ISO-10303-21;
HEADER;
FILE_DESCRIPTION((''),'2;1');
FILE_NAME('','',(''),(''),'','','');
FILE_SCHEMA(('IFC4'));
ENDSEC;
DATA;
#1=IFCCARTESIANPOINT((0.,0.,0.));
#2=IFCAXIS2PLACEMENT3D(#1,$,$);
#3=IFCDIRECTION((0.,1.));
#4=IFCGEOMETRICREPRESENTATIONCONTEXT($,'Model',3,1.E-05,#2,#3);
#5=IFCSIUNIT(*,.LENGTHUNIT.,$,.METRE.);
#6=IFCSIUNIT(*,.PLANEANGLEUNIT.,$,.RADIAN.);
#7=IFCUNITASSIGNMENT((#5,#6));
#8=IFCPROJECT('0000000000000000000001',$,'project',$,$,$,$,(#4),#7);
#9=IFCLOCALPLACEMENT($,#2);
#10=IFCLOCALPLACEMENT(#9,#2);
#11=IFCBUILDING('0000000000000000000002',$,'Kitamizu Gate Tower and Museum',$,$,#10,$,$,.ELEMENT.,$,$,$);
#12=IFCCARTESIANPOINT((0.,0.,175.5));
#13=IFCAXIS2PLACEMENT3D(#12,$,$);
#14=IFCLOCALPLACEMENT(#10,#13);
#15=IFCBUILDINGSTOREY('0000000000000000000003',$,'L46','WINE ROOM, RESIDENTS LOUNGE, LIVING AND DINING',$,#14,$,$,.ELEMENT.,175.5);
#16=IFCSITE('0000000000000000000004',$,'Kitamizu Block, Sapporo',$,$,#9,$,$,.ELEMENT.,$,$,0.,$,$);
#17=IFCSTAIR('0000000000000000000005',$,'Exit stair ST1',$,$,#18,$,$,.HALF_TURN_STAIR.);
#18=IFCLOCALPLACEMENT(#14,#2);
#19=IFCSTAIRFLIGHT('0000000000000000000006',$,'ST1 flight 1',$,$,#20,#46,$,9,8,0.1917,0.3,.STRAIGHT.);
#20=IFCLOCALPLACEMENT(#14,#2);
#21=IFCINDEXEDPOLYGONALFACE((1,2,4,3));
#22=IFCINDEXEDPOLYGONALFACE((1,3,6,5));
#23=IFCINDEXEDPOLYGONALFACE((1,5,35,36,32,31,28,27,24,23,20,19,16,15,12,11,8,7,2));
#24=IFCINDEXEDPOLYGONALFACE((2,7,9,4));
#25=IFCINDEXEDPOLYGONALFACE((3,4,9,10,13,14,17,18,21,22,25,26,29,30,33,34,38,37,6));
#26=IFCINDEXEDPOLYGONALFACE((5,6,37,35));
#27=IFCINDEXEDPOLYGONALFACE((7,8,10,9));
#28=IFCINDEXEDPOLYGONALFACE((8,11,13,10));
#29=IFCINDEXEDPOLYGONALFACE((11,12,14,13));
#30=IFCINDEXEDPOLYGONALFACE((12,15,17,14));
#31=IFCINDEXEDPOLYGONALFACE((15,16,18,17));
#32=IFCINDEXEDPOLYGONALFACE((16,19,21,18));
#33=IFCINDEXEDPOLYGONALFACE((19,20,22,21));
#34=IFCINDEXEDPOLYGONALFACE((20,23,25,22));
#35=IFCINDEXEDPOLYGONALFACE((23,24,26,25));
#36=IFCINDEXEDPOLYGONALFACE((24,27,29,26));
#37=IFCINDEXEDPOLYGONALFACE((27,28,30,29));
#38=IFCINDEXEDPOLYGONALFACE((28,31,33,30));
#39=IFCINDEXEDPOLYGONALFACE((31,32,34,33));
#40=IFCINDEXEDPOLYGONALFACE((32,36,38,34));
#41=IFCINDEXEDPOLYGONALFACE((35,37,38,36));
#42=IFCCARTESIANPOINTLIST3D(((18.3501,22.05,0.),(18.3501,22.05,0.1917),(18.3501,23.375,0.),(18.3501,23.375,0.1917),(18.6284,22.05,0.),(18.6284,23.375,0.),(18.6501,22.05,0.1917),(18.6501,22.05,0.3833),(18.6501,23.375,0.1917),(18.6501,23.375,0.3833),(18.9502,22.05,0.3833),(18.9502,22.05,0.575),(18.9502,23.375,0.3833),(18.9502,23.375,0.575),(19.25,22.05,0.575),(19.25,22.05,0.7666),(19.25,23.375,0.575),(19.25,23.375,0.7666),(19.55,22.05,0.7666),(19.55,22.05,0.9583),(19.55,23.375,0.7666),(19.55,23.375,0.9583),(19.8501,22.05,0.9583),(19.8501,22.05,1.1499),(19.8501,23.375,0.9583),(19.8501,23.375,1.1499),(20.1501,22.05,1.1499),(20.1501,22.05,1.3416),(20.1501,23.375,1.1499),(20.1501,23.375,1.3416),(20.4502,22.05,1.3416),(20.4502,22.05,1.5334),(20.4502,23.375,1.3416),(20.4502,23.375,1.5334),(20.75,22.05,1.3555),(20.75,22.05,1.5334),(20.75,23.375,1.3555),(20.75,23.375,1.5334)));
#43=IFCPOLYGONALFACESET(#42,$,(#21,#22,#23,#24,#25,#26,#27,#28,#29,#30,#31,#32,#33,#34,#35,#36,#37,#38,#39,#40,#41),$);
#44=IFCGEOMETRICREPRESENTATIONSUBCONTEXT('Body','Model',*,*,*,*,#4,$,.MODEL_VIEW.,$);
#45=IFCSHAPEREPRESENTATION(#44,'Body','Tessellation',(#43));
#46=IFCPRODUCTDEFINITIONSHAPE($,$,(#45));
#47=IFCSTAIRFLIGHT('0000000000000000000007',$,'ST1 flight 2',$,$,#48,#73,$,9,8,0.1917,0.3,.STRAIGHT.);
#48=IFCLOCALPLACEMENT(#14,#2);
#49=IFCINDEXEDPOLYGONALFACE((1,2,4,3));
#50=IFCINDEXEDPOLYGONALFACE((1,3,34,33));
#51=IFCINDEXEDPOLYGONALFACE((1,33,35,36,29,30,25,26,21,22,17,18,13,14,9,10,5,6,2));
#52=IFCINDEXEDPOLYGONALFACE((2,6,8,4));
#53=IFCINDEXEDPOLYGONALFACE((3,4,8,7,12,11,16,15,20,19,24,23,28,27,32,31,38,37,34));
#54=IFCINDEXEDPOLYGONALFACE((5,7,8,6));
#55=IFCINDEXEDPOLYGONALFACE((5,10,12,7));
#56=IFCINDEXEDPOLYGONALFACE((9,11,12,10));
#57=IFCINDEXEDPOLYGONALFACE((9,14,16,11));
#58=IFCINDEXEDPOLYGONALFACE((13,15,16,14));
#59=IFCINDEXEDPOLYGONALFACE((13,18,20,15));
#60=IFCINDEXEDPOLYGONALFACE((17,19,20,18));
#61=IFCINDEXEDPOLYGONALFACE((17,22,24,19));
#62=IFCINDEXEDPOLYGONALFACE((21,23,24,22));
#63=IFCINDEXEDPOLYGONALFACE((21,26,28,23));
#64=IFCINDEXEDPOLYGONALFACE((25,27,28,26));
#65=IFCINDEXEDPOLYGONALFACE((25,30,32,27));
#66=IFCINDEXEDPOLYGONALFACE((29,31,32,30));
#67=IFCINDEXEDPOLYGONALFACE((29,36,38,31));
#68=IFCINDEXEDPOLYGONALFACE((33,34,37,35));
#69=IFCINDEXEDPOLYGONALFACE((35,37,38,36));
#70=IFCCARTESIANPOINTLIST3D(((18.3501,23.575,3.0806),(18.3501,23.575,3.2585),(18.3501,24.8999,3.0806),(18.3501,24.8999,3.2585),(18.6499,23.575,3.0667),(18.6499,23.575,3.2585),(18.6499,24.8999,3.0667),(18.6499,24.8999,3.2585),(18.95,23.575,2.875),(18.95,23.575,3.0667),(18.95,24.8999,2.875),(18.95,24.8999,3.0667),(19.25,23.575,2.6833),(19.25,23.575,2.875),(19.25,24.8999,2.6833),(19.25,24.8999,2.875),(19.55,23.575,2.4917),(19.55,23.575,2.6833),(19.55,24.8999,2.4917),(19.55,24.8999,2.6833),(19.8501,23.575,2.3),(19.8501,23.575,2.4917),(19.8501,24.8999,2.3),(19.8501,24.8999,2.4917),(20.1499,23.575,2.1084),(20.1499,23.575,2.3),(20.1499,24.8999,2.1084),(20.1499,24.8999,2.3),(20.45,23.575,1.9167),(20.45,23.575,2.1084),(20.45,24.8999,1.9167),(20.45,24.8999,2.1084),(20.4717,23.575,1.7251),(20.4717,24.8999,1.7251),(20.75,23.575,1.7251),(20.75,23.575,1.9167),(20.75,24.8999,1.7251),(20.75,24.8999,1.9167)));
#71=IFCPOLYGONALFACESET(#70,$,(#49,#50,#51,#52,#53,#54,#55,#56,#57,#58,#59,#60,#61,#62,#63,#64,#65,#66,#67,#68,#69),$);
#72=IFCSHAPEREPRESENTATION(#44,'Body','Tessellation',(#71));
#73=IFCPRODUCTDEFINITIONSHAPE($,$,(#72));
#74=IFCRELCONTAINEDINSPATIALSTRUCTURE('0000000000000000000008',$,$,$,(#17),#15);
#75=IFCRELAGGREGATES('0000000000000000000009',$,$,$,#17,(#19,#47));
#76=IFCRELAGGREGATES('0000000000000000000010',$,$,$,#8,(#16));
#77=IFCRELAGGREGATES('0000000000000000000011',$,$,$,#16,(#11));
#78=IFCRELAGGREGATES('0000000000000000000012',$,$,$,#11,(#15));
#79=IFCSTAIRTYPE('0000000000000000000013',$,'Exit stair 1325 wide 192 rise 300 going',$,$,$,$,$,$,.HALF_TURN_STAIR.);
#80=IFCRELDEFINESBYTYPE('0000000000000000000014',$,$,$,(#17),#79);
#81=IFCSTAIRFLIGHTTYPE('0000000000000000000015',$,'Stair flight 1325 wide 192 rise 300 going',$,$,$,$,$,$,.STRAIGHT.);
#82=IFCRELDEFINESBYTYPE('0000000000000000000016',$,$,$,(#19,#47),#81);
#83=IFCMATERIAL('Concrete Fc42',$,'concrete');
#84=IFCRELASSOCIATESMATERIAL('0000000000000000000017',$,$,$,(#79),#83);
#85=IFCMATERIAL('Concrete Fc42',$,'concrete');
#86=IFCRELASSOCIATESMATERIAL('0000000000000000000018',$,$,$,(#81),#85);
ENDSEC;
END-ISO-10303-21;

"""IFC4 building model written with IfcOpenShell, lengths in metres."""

from ifc_helpers import new_model, si_unit, direction, frame, origin, place, context, subcontext, project, spatial, polyline, outline, extrude, material, type_object, element, aggregate, save


model = new_model("IFC4")

# Units and contexts
model_context = context("Model", 3, precision=1e-05, world=origin(), true_north=direction((0.0, 1.0)))
body_context = subcontext(model_context, "Body", "Model", "MODEL_VIEW")
ifc_project = project(units=[si_unit("LENGTHUNIT", "METRE"), si_unit("PLANEANGLEUNIT", "RADIAN")], contexts=[model_context])

# Site, building, storey
site_placement = place(None, origin())
site = spatial("IfcSite", under=ifc_project, at=site_placement, Name="Kitamizu Block, Sapporo", CompositionType="ELEMENT", RefElevation=0.0)
building_placement = place(site_placement, origin())
building = spatial("IfcBuilding", under=site, at=building_placement, Name="Kitamizu Gate Tower and Museum", CompositionType="ELEMENT")
storey_placement = place(building_placement, frame((0.0, 0.0, 175.5)))
storey = spatial("IfcBuildingStorey", under=building, at=storey_placement, Name="L46", Description="WINE ROOM, RESIDENTS LOUNGE, LIVING AND DINING", CompositionType="ELEMENT", Elevation=175.5)

# Stair, stair flights
ifc_material_1 = material(Name="Concrete Fc42", Category="concrete")
stair_type = type_object("IfcStairType", Name="Exit stair 1325 wide 192 rise 300 going", PredefinedType="HALF_TURN_STAIR", material=ifc_material_1)
stair_placement = place(storey_placement, origin())
stair = element("IfcStair", 1, at=stair_placement, inside=storey, type_object=stair_type, Name="Exit stair ST1", PredefinedType="HALF_TURN_STAIR")
ifc_material_2 = material(Name="Concrete Fc42", Category="concrete")
stair_flight_type = type_object("IfcStairFlightType", Name="Stair flight 1325 wide 192 rise 300 going", PredefinedType="STRAIGHT", material=ifc_material_2)
stair_flight_1_placement = place(storey_placement, frame((18.3501, 22.7124, 0.0), z_axis=(0.0, 0.0, 1.0), x_axis=(1.0, 0.0, 0.0)))
stair_flight_1 = element("IfcStairFlight", 2, at=stair_flight_1_placement, type_object=stair_flight_type, Name="ST1 flight 1", NumberOfRisers=9, NumberOfTreads=8, PredefinedType="STRAIGHT", RiserHeight=0.1917, TreadLength=0.3, context=body_context, shape_type="SweptSolid", body=[
    extrude(outline(polyline([(0.0, 0.0), (0.0, 0.1917), (0.3, 0.1917), (0.3, 0.3833), (0.6001, 0.3833), (0.6001, 0.575), (0.8999, 0.575), (0.8999, 0.7666), (1.2, 0.7666), (1.2, 0.9583), (1.5, 0.9583), (1.5, 1.1499), (1.8, 1.1499), (1.8, 1.3416), (2.1001, 1.3416), (2.1001, 1.5334), (2.3999, 1.5334), (2.3999, 1.7251), (2.3999, 1.3555), (0.2783, 0.0), (0.0, 0.0)])), frame((0.0, 0.6626, 0.0), z_axis=(0.0, -1.0, 0.0), x_axis=(1.0, 0.0, 0.0)), (0.0, 0.0, 1.0), 1.325),
])
stair_flight_2_placement = place(storey_placement, frame((20.75, 24.2375, 1.7251), z_axis=(0.0, 0.0, 1.0), x_axis=(-1.0, 0.0, 0.0)))
stair_flight_2 = element("IfcStairFlight", 3, at=stair_flight_2_placement, type_object=stair_flight_type, Name="ST1 flight 2", NumberOfRisers=9, NumberOfTreads=8, PredefinedType="STRAIGHT", RiserHeight=0.1917, TreadLength=0.3, context=body_context, shape_type="SweptSolid", body=[
    extrude(outline(polyline([(0.0, 0.0), (0.0, 0.1917), (0.3, 0.1917), (0.3, 0.3833), (0.6001, 0.3833), (0.6001, 0.575), (0.8999, 0.575), (0.8999, 0.7666), (1.2, 0.7666), (1.2, 0.9583), (1.5, 0.9583), (1.5, 1.1499), (1.8, 1.1499), (1.8, 1.3416), (2.1001, 1.3416), (2.1001, 1.5334), (2.3999, 1.5334), (2.3999, 1.7251), (2.3999, 1.3555), (0.2783, 0.0), (0.0, 0.0)])), frame((0.0, 0.6626, 0.0), z_axis=(0.0, -1.0, 0.0), x_axis=(1.0, 0.0, 0.0)), (0.0, 0.0, 1.0), 1.325),
])
aggregate(stair, [stair_flight_1, stair_flight_2])

save(model, "model.ifc")
